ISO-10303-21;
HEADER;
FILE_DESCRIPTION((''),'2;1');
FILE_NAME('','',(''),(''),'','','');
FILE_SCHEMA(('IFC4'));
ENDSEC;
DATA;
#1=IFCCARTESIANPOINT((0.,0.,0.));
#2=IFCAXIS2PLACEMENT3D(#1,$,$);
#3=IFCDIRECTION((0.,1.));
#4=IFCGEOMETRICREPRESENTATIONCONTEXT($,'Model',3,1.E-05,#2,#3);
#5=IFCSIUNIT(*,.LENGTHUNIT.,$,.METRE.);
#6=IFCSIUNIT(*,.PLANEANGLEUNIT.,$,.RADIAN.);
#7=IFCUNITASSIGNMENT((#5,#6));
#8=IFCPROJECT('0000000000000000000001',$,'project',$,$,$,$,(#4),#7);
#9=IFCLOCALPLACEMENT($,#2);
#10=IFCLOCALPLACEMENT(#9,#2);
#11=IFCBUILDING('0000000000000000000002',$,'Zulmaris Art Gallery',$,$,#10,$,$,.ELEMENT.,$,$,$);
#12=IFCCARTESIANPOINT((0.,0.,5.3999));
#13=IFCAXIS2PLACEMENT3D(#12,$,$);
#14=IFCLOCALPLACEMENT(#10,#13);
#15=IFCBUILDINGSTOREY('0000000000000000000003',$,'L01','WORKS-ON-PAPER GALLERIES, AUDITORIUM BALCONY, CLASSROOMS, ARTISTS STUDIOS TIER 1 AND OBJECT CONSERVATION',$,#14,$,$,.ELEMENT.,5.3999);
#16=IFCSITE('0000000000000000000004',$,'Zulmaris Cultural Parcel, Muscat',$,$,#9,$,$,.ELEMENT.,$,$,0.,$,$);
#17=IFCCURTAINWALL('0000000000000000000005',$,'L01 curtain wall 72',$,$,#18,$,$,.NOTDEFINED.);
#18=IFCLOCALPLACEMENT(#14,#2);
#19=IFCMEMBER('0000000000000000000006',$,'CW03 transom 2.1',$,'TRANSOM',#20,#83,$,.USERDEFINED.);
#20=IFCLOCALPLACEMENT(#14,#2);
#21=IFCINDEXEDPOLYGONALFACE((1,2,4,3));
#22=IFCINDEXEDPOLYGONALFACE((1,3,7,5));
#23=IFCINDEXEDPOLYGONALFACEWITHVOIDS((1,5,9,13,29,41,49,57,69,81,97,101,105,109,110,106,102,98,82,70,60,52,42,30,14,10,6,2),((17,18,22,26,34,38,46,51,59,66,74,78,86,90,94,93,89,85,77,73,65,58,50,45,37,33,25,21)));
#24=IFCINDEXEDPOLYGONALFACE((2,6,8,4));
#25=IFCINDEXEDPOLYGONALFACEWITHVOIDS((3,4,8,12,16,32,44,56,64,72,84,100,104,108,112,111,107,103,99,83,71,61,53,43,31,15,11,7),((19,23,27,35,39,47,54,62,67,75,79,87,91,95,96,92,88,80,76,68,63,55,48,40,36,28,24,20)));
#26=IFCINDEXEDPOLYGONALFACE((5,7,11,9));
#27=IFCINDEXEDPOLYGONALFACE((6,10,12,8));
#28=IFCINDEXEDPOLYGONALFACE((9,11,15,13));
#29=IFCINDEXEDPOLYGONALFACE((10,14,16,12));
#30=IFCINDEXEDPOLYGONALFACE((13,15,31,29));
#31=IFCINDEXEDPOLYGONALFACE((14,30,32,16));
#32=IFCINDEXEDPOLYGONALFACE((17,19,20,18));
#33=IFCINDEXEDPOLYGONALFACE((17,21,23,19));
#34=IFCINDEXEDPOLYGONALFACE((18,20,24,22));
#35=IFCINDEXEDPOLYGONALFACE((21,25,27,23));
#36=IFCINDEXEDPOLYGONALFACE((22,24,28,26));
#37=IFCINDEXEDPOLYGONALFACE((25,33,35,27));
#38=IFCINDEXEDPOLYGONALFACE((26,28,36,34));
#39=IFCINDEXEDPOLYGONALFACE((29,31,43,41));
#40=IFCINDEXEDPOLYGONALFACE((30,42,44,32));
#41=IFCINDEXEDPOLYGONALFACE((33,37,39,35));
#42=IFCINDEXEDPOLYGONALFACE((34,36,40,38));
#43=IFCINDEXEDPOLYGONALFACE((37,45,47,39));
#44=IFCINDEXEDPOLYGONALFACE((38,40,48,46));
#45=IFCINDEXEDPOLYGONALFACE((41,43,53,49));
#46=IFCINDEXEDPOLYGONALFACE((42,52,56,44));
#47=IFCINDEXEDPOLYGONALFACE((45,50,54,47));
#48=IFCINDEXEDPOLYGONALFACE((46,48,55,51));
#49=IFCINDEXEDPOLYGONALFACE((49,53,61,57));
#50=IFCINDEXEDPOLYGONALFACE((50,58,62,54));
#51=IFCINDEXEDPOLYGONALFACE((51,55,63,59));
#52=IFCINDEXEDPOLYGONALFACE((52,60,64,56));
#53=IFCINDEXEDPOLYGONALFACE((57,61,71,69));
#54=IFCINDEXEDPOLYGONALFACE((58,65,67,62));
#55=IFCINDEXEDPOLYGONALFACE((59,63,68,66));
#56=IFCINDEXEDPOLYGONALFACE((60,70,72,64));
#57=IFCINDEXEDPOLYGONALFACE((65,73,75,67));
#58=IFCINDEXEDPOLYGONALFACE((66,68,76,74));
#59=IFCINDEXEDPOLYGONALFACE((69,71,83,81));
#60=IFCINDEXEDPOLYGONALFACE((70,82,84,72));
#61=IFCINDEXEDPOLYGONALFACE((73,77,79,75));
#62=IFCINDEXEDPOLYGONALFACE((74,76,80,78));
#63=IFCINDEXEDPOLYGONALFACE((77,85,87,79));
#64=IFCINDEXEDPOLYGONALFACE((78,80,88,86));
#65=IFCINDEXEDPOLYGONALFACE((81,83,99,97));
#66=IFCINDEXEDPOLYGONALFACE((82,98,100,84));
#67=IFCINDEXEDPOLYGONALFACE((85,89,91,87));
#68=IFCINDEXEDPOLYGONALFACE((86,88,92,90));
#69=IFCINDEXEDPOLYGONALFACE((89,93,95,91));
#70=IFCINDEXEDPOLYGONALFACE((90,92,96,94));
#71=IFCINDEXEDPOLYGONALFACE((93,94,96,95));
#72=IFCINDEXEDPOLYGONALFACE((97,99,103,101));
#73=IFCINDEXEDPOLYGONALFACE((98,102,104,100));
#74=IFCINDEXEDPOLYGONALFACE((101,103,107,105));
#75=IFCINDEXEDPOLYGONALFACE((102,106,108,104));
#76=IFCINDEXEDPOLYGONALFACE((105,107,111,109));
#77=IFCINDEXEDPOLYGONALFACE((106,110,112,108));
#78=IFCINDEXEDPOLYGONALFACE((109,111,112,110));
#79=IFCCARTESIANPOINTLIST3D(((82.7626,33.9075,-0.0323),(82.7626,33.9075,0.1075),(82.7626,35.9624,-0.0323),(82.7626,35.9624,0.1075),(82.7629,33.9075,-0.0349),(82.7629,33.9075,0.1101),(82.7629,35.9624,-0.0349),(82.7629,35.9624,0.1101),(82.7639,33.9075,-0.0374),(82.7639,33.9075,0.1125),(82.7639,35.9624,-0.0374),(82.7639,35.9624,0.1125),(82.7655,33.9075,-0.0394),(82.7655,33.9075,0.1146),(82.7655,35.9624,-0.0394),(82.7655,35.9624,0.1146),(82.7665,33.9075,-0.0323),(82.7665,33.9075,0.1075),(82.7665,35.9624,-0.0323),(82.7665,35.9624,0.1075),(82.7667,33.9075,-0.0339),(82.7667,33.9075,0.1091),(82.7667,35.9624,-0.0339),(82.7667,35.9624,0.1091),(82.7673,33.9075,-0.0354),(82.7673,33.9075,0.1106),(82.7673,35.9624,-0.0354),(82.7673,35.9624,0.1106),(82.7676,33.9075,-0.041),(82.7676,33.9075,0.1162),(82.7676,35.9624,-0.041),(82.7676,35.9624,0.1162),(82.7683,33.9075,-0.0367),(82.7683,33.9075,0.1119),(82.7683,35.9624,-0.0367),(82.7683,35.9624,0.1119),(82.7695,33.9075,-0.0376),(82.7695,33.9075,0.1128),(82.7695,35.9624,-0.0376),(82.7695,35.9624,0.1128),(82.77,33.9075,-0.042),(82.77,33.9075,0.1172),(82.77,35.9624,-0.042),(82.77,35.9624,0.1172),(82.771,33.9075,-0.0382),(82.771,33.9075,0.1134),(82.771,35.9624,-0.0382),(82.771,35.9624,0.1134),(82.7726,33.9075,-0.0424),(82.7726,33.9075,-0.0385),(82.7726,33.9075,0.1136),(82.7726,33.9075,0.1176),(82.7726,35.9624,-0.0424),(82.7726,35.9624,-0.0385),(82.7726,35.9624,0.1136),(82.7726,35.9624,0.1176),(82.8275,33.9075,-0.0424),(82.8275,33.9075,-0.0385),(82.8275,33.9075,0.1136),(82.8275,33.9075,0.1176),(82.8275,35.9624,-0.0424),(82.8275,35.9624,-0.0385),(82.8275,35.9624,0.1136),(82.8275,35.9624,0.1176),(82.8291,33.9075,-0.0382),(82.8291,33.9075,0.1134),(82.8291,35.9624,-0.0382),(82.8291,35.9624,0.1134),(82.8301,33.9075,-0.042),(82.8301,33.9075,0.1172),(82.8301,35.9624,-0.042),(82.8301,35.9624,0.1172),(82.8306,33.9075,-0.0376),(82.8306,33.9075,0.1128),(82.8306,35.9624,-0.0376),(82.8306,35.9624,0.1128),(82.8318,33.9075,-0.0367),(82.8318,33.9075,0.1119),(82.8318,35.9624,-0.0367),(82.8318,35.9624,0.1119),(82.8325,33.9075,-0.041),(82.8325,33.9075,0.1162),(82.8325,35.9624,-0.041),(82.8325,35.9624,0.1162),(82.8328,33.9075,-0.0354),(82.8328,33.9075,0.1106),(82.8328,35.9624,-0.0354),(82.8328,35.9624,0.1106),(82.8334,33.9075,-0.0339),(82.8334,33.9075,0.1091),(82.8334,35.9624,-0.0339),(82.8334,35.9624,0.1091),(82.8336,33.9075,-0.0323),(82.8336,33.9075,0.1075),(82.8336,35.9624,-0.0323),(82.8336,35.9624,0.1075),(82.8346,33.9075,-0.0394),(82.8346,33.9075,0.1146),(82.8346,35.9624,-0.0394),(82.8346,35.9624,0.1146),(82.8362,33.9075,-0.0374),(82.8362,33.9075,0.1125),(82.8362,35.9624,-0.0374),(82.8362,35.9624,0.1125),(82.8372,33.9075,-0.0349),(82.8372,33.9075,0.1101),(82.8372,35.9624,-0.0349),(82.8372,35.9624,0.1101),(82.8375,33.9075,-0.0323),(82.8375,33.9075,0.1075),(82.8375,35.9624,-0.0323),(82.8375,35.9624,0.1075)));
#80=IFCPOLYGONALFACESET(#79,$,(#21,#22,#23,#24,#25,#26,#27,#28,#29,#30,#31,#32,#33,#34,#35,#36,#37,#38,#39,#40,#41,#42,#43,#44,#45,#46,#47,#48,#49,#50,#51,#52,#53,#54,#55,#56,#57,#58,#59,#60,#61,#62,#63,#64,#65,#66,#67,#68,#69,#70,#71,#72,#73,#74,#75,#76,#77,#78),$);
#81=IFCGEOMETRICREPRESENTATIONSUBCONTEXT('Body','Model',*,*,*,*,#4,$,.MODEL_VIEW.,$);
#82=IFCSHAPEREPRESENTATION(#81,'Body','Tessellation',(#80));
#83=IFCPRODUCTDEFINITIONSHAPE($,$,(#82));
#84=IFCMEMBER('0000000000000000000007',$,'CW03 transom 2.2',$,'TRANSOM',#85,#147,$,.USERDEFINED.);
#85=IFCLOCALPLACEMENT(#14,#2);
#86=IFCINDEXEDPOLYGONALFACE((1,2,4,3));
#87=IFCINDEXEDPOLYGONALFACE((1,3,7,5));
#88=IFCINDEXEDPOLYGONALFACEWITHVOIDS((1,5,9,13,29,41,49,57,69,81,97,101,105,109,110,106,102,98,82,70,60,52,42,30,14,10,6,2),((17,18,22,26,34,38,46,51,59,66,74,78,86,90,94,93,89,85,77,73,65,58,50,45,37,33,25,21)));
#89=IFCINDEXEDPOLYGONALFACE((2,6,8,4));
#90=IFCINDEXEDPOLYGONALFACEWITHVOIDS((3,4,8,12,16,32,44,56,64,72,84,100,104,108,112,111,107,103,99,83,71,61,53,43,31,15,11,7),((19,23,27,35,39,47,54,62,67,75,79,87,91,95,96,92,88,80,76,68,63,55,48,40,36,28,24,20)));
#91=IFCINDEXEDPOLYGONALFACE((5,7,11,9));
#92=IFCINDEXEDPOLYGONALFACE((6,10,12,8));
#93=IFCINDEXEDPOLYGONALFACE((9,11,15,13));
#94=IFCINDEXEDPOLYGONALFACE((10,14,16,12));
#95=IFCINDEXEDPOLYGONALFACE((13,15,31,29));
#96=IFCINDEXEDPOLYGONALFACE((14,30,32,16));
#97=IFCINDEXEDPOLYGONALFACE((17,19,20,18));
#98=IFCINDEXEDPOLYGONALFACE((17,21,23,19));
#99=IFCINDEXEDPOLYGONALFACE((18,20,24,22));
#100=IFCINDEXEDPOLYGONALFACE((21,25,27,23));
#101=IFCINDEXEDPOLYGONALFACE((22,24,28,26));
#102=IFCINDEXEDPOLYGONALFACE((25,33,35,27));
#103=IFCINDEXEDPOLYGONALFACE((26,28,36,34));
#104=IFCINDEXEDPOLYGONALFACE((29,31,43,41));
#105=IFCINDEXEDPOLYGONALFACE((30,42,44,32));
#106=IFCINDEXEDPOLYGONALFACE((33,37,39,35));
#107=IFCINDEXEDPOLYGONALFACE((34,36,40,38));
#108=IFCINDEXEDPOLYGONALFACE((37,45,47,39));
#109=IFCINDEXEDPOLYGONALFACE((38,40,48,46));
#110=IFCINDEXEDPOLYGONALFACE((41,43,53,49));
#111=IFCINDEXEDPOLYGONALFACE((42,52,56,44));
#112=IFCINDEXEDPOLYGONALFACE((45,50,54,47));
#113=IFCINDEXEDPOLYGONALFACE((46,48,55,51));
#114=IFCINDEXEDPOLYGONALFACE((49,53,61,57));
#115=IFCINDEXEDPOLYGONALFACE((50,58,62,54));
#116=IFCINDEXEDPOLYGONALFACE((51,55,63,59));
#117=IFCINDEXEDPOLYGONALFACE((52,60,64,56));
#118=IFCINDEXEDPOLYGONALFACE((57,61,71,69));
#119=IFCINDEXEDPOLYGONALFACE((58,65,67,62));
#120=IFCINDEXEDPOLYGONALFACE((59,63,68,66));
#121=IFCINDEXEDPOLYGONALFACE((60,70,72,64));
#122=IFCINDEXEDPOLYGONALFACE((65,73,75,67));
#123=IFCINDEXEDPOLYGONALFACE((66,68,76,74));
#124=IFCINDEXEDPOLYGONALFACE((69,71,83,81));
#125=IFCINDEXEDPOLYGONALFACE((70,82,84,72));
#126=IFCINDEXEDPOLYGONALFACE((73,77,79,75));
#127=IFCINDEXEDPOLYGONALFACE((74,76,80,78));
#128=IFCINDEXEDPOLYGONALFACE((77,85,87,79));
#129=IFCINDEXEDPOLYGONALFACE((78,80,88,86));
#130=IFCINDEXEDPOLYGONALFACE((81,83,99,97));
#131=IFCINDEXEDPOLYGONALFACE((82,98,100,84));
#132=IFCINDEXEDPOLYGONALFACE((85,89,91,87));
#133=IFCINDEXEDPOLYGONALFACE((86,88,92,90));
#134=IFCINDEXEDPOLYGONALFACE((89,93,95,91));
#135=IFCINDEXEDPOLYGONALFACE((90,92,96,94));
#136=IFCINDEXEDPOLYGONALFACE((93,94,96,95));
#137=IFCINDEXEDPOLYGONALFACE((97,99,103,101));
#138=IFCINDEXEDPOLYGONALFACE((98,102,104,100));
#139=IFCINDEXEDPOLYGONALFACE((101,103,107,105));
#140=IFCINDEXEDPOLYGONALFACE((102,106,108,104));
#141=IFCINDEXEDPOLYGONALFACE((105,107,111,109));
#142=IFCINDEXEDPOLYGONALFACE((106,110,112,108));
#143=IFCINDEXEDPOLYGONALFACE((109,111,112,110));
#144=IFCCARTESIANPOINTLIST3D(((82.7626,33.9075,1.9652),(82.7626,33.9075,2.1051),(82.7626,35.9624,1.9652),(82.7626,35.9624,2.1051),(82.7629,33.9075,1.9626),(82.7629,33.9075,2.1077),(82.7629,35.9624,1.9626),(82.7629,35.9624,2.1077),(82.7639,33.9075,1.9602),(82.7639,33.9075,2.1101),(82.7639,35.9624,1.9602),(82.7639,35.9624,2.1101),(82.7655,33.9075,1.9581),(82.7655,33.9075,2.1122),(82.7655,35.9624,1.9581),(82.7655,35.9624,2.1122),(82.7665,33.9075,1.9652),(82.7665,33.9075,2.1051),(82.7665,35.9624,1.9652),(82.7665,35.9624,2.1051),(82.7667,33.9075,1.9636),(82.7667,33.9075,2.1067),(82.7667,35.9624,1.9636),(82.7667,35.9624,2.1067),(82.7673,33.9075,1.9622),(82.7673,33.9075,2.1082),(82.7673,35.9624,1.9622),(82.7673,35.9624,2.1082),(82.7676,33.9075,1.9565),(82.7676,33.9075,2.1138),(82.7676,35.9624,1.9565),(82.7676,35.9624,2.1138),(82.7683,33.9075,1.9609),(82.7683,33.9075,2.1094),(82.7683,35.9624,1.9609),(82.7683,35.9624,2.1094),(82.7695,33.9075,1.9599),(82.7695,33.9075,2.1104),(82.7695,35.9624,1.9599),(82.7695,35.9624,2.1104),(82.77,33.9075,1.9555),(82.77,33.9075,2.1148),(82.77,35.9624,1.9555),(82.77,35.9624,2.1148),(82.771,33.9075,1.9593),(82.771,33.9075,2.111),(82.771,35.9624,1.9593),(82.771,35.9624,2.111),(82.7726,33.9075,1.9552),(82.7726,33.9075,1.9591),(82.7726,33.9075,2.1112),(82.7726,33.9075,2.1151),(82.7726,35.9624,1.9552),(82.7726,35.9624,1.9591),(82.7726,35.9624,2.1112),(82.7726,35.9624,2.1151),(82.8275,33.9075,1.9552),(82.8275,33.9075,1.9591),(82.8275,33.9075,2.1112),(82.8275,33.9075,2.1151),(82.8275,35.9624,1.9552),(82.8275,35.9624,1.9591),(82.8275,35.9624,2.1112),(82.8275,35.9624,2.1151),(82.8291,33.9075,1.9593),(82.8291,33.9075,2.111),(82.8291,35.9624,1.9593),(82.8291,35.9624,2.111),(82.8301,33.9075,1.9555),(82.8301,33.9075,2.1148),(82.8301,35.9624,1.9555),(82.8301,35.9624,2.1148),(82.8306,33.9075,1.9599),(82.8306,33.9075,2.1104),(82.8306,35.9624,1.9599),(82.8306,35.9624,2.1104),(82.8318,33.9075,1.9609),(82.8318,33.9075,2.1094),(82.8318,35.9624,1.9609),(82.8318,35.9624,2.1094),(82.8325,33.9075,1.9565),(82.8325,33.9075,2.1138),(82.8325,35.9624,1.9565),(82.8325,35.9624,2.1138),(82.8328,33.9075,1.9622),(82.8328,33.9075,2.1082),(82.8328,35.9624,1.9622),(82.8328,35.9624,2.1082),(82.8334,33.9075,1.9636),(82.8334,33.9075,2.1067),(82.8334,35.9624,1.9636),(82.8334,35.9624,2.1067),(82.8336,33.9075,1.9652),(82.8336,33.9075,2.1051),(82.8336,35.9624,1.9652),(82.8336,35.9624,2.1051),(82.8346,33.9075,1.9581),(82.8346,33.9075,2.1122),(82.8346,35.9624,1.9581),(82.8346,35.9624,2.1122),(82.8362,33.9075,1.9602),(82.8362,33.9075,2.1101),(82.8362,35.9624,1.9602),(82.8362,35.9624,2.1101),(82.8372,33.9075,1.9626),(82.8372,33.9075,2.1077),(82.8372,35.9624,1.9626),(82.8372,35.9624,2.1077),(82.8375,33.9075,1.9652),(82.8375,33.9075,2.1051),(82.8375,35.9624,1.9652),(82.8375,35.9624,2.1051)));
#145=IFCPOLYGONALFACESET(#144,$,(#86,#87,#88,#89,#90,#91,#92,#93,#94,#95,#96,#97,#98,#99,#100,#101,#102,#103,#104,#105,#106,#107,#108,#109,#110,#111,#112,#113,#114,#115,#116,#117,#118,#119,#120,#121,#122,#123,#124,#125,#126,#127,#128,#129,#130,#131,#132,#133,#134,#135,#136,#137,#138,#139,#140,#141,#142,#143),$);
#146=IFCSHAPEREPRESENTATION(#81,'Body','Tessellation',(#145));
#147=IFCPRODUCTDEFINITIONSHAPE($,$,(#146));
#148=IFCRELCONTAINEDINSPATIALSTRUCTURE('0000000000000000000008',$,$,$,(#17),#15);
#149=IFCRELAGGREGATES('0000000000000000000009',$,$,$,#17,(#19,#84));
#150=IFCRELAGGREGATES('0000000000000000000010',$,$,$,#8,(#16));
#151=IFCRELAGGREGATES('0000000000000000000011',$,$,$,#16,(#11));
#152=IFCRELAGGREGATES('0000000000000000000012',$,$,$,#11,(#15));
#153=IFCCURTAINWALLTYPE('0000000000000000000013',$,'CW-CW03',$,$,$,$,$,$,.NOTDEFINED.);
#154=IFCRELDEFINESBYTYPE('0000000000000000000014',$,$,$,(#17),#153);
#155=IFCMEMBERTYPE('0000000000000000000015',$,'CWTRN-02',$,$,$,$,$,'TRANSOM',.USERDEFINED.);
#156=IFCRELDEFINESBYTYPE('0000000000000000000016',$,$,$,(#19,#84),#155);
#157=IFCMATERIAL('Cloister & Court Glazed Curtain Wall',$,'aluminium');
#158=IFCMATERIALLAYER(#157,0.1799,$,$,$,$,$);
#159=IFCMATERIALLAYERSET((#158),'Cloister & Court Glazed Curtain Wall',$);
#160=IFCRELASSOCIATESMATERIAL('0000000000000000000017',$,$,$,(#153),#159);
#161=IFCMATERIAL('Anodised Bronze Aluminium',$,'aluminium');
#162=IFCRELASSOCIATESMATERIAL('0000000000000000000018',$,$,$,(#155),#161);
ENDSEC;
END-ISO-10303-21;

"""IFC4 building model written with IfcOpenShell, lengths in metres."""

from ifc_helpers import new_model, si_unit, direction, frame, origin, origin_2d, place, context, subcontext, project, spatial, hollow_rectangle, extrude, material, layer, layer_set, material_profile, profile_set, type_object, element, aggregate, save


model = new_model("IFC4")

# Units and contexts
model_context = context("Model", 3, precision=1e-05, world=origin(), true_north=direction((0.0, 1.0)))
body_context = subcontext(model_context, "Body", "Model", "MODEL_VIEW")
ifc_project = project(units=[si_unit("LENGTHUNIT", "METRE"), si_unit("PLANEANGLEUNIT", "RADIAN")], contexts=[model_context])

# Site, building, storey
site_placement = place(None, origin())
site = spatial("IfcSite", under=ifc_project, at=site_placement, Name="Zulmaris Cultural Parcel, Muscat", CompositionType="ELEMENT", RefElevation=0.0)
building_placement = place(site_placement, origin())
building = spatial("IfcBuilding", under=site, at=building_placement, Name="Zulmaris Art Gallery", CompositionType="ELEMENT")
storey_placement = place(building_placement, frame((0.0, 0.0, 5.3999)))
storey = spatial("IfcBuildingStorey", under=building, at=storey_placement, Name="L01", Description="WORKS-ON-PAPER GALLERIES, AUDITORIUM BALCONY, CLASSROOMS, ARTISTS STUDIOS TIER 1 AND OBJECT CONSERVATION", CompositionType="ELEMENT", Elevation=5.3999)

# Curtain wall, members
ifc_material_1 = material(Name="Cloister & Court Glazed Curtain Wall", Category="aluminium")
ifc_layer_1 = layer(ifc_material_1, 0.1799)
ifc_layer_set_1 = layer_set([ifc_layer_1], Name="Cloister & Court Glazed Curtain Wall")
curtain_wall_type = type_object("IfcCurtainWallType", Name="CW-CW03", PredefinedType="NOTDEFINED", material=ifc_layer_set_1)
curtain_wall_placement = place(storey_placement, origin())
curtain_wall = element("IfcCurtainWall", 1, at=curtain_wall_placement, inside=storey, type_object=curtain_wall_type, Name="L01 curtain wall 72", PredefinedType="NOTDEFINED")
ifc_material_2 = material(Name="Anodised Bronze Aluminium", Category="aluminium")
ifc_material_profile_1 = material_profile(ifc_material_2, hollow_rectangle(XDim=0.075, YDim=0.1599, WallThickness=0.0039, InnerFilletRadius=0.0061, OuterFilletRadius=0.01, at=origin_2d()), Name="ALU 75x160x4")
ifc_profile_set_1 = profile_set([ifc_material_profile_1], Name="Anodised Bronze Aluminium")
member_type_1 = type_object("IfcMemberType", Name="CWTRN-02", ElementType="TRANSOM", PredefinedType="USERDEFINED", material=ifc_profile_set_1)
member_1_placement = place(storey_placement, frame((82.8, 33.9075, 0.0376), z_axis=(0.0, 1.0, 0.0), x_axis=(-1.0, 0.0, 0.0)))
member_1 = element("IfcMember", 2, at=member_1_placement, type_object=member_type_1, Name="CW03 transom 2.1", ObjectType="TRANSOM", PredefinedType="USERDEFINED", context=body_context, shape_type="SweptSolid", body=[
    extrude(hollow_rectangle(XDim=0.075, YDim=0.1599, WallThickness=0.0039, InnerFilletRadius=0.0061, OuterFilletRadius=0.01, at=origin_2d()), origin(), (0.0, 0.0, 1.0), 2.0549),
])
member_2_placement = place(storey_placement, frame((82.8, 33.9075, 2.0352), z_axis=(0.0, 1.0, 0.0), x_axis=(-1.0, 0.0, 0.0)))
member_2 = element("IfcMember", 3, at=member_2_placement, type_object=member_type_1, Name="CW03 transom 2.2", ObjectType="TRANSOM", PredefinedType="USERDEFINED", context=body_context, shape_type="SweptSolid", body=[
    extrude(hollow_rectangle(XDim=0.075, YDim=0.1599, WallThickness=0.0039, InnerFilletRadius=0.0061, OuterFilletRadius=0.01, at=origin_2d()), origin(), (0.0, 0.0, 1.0), 2.0549),
])
aggregate(curtain_wall, [member_1, member_2])

save(model, "model.ifc")
